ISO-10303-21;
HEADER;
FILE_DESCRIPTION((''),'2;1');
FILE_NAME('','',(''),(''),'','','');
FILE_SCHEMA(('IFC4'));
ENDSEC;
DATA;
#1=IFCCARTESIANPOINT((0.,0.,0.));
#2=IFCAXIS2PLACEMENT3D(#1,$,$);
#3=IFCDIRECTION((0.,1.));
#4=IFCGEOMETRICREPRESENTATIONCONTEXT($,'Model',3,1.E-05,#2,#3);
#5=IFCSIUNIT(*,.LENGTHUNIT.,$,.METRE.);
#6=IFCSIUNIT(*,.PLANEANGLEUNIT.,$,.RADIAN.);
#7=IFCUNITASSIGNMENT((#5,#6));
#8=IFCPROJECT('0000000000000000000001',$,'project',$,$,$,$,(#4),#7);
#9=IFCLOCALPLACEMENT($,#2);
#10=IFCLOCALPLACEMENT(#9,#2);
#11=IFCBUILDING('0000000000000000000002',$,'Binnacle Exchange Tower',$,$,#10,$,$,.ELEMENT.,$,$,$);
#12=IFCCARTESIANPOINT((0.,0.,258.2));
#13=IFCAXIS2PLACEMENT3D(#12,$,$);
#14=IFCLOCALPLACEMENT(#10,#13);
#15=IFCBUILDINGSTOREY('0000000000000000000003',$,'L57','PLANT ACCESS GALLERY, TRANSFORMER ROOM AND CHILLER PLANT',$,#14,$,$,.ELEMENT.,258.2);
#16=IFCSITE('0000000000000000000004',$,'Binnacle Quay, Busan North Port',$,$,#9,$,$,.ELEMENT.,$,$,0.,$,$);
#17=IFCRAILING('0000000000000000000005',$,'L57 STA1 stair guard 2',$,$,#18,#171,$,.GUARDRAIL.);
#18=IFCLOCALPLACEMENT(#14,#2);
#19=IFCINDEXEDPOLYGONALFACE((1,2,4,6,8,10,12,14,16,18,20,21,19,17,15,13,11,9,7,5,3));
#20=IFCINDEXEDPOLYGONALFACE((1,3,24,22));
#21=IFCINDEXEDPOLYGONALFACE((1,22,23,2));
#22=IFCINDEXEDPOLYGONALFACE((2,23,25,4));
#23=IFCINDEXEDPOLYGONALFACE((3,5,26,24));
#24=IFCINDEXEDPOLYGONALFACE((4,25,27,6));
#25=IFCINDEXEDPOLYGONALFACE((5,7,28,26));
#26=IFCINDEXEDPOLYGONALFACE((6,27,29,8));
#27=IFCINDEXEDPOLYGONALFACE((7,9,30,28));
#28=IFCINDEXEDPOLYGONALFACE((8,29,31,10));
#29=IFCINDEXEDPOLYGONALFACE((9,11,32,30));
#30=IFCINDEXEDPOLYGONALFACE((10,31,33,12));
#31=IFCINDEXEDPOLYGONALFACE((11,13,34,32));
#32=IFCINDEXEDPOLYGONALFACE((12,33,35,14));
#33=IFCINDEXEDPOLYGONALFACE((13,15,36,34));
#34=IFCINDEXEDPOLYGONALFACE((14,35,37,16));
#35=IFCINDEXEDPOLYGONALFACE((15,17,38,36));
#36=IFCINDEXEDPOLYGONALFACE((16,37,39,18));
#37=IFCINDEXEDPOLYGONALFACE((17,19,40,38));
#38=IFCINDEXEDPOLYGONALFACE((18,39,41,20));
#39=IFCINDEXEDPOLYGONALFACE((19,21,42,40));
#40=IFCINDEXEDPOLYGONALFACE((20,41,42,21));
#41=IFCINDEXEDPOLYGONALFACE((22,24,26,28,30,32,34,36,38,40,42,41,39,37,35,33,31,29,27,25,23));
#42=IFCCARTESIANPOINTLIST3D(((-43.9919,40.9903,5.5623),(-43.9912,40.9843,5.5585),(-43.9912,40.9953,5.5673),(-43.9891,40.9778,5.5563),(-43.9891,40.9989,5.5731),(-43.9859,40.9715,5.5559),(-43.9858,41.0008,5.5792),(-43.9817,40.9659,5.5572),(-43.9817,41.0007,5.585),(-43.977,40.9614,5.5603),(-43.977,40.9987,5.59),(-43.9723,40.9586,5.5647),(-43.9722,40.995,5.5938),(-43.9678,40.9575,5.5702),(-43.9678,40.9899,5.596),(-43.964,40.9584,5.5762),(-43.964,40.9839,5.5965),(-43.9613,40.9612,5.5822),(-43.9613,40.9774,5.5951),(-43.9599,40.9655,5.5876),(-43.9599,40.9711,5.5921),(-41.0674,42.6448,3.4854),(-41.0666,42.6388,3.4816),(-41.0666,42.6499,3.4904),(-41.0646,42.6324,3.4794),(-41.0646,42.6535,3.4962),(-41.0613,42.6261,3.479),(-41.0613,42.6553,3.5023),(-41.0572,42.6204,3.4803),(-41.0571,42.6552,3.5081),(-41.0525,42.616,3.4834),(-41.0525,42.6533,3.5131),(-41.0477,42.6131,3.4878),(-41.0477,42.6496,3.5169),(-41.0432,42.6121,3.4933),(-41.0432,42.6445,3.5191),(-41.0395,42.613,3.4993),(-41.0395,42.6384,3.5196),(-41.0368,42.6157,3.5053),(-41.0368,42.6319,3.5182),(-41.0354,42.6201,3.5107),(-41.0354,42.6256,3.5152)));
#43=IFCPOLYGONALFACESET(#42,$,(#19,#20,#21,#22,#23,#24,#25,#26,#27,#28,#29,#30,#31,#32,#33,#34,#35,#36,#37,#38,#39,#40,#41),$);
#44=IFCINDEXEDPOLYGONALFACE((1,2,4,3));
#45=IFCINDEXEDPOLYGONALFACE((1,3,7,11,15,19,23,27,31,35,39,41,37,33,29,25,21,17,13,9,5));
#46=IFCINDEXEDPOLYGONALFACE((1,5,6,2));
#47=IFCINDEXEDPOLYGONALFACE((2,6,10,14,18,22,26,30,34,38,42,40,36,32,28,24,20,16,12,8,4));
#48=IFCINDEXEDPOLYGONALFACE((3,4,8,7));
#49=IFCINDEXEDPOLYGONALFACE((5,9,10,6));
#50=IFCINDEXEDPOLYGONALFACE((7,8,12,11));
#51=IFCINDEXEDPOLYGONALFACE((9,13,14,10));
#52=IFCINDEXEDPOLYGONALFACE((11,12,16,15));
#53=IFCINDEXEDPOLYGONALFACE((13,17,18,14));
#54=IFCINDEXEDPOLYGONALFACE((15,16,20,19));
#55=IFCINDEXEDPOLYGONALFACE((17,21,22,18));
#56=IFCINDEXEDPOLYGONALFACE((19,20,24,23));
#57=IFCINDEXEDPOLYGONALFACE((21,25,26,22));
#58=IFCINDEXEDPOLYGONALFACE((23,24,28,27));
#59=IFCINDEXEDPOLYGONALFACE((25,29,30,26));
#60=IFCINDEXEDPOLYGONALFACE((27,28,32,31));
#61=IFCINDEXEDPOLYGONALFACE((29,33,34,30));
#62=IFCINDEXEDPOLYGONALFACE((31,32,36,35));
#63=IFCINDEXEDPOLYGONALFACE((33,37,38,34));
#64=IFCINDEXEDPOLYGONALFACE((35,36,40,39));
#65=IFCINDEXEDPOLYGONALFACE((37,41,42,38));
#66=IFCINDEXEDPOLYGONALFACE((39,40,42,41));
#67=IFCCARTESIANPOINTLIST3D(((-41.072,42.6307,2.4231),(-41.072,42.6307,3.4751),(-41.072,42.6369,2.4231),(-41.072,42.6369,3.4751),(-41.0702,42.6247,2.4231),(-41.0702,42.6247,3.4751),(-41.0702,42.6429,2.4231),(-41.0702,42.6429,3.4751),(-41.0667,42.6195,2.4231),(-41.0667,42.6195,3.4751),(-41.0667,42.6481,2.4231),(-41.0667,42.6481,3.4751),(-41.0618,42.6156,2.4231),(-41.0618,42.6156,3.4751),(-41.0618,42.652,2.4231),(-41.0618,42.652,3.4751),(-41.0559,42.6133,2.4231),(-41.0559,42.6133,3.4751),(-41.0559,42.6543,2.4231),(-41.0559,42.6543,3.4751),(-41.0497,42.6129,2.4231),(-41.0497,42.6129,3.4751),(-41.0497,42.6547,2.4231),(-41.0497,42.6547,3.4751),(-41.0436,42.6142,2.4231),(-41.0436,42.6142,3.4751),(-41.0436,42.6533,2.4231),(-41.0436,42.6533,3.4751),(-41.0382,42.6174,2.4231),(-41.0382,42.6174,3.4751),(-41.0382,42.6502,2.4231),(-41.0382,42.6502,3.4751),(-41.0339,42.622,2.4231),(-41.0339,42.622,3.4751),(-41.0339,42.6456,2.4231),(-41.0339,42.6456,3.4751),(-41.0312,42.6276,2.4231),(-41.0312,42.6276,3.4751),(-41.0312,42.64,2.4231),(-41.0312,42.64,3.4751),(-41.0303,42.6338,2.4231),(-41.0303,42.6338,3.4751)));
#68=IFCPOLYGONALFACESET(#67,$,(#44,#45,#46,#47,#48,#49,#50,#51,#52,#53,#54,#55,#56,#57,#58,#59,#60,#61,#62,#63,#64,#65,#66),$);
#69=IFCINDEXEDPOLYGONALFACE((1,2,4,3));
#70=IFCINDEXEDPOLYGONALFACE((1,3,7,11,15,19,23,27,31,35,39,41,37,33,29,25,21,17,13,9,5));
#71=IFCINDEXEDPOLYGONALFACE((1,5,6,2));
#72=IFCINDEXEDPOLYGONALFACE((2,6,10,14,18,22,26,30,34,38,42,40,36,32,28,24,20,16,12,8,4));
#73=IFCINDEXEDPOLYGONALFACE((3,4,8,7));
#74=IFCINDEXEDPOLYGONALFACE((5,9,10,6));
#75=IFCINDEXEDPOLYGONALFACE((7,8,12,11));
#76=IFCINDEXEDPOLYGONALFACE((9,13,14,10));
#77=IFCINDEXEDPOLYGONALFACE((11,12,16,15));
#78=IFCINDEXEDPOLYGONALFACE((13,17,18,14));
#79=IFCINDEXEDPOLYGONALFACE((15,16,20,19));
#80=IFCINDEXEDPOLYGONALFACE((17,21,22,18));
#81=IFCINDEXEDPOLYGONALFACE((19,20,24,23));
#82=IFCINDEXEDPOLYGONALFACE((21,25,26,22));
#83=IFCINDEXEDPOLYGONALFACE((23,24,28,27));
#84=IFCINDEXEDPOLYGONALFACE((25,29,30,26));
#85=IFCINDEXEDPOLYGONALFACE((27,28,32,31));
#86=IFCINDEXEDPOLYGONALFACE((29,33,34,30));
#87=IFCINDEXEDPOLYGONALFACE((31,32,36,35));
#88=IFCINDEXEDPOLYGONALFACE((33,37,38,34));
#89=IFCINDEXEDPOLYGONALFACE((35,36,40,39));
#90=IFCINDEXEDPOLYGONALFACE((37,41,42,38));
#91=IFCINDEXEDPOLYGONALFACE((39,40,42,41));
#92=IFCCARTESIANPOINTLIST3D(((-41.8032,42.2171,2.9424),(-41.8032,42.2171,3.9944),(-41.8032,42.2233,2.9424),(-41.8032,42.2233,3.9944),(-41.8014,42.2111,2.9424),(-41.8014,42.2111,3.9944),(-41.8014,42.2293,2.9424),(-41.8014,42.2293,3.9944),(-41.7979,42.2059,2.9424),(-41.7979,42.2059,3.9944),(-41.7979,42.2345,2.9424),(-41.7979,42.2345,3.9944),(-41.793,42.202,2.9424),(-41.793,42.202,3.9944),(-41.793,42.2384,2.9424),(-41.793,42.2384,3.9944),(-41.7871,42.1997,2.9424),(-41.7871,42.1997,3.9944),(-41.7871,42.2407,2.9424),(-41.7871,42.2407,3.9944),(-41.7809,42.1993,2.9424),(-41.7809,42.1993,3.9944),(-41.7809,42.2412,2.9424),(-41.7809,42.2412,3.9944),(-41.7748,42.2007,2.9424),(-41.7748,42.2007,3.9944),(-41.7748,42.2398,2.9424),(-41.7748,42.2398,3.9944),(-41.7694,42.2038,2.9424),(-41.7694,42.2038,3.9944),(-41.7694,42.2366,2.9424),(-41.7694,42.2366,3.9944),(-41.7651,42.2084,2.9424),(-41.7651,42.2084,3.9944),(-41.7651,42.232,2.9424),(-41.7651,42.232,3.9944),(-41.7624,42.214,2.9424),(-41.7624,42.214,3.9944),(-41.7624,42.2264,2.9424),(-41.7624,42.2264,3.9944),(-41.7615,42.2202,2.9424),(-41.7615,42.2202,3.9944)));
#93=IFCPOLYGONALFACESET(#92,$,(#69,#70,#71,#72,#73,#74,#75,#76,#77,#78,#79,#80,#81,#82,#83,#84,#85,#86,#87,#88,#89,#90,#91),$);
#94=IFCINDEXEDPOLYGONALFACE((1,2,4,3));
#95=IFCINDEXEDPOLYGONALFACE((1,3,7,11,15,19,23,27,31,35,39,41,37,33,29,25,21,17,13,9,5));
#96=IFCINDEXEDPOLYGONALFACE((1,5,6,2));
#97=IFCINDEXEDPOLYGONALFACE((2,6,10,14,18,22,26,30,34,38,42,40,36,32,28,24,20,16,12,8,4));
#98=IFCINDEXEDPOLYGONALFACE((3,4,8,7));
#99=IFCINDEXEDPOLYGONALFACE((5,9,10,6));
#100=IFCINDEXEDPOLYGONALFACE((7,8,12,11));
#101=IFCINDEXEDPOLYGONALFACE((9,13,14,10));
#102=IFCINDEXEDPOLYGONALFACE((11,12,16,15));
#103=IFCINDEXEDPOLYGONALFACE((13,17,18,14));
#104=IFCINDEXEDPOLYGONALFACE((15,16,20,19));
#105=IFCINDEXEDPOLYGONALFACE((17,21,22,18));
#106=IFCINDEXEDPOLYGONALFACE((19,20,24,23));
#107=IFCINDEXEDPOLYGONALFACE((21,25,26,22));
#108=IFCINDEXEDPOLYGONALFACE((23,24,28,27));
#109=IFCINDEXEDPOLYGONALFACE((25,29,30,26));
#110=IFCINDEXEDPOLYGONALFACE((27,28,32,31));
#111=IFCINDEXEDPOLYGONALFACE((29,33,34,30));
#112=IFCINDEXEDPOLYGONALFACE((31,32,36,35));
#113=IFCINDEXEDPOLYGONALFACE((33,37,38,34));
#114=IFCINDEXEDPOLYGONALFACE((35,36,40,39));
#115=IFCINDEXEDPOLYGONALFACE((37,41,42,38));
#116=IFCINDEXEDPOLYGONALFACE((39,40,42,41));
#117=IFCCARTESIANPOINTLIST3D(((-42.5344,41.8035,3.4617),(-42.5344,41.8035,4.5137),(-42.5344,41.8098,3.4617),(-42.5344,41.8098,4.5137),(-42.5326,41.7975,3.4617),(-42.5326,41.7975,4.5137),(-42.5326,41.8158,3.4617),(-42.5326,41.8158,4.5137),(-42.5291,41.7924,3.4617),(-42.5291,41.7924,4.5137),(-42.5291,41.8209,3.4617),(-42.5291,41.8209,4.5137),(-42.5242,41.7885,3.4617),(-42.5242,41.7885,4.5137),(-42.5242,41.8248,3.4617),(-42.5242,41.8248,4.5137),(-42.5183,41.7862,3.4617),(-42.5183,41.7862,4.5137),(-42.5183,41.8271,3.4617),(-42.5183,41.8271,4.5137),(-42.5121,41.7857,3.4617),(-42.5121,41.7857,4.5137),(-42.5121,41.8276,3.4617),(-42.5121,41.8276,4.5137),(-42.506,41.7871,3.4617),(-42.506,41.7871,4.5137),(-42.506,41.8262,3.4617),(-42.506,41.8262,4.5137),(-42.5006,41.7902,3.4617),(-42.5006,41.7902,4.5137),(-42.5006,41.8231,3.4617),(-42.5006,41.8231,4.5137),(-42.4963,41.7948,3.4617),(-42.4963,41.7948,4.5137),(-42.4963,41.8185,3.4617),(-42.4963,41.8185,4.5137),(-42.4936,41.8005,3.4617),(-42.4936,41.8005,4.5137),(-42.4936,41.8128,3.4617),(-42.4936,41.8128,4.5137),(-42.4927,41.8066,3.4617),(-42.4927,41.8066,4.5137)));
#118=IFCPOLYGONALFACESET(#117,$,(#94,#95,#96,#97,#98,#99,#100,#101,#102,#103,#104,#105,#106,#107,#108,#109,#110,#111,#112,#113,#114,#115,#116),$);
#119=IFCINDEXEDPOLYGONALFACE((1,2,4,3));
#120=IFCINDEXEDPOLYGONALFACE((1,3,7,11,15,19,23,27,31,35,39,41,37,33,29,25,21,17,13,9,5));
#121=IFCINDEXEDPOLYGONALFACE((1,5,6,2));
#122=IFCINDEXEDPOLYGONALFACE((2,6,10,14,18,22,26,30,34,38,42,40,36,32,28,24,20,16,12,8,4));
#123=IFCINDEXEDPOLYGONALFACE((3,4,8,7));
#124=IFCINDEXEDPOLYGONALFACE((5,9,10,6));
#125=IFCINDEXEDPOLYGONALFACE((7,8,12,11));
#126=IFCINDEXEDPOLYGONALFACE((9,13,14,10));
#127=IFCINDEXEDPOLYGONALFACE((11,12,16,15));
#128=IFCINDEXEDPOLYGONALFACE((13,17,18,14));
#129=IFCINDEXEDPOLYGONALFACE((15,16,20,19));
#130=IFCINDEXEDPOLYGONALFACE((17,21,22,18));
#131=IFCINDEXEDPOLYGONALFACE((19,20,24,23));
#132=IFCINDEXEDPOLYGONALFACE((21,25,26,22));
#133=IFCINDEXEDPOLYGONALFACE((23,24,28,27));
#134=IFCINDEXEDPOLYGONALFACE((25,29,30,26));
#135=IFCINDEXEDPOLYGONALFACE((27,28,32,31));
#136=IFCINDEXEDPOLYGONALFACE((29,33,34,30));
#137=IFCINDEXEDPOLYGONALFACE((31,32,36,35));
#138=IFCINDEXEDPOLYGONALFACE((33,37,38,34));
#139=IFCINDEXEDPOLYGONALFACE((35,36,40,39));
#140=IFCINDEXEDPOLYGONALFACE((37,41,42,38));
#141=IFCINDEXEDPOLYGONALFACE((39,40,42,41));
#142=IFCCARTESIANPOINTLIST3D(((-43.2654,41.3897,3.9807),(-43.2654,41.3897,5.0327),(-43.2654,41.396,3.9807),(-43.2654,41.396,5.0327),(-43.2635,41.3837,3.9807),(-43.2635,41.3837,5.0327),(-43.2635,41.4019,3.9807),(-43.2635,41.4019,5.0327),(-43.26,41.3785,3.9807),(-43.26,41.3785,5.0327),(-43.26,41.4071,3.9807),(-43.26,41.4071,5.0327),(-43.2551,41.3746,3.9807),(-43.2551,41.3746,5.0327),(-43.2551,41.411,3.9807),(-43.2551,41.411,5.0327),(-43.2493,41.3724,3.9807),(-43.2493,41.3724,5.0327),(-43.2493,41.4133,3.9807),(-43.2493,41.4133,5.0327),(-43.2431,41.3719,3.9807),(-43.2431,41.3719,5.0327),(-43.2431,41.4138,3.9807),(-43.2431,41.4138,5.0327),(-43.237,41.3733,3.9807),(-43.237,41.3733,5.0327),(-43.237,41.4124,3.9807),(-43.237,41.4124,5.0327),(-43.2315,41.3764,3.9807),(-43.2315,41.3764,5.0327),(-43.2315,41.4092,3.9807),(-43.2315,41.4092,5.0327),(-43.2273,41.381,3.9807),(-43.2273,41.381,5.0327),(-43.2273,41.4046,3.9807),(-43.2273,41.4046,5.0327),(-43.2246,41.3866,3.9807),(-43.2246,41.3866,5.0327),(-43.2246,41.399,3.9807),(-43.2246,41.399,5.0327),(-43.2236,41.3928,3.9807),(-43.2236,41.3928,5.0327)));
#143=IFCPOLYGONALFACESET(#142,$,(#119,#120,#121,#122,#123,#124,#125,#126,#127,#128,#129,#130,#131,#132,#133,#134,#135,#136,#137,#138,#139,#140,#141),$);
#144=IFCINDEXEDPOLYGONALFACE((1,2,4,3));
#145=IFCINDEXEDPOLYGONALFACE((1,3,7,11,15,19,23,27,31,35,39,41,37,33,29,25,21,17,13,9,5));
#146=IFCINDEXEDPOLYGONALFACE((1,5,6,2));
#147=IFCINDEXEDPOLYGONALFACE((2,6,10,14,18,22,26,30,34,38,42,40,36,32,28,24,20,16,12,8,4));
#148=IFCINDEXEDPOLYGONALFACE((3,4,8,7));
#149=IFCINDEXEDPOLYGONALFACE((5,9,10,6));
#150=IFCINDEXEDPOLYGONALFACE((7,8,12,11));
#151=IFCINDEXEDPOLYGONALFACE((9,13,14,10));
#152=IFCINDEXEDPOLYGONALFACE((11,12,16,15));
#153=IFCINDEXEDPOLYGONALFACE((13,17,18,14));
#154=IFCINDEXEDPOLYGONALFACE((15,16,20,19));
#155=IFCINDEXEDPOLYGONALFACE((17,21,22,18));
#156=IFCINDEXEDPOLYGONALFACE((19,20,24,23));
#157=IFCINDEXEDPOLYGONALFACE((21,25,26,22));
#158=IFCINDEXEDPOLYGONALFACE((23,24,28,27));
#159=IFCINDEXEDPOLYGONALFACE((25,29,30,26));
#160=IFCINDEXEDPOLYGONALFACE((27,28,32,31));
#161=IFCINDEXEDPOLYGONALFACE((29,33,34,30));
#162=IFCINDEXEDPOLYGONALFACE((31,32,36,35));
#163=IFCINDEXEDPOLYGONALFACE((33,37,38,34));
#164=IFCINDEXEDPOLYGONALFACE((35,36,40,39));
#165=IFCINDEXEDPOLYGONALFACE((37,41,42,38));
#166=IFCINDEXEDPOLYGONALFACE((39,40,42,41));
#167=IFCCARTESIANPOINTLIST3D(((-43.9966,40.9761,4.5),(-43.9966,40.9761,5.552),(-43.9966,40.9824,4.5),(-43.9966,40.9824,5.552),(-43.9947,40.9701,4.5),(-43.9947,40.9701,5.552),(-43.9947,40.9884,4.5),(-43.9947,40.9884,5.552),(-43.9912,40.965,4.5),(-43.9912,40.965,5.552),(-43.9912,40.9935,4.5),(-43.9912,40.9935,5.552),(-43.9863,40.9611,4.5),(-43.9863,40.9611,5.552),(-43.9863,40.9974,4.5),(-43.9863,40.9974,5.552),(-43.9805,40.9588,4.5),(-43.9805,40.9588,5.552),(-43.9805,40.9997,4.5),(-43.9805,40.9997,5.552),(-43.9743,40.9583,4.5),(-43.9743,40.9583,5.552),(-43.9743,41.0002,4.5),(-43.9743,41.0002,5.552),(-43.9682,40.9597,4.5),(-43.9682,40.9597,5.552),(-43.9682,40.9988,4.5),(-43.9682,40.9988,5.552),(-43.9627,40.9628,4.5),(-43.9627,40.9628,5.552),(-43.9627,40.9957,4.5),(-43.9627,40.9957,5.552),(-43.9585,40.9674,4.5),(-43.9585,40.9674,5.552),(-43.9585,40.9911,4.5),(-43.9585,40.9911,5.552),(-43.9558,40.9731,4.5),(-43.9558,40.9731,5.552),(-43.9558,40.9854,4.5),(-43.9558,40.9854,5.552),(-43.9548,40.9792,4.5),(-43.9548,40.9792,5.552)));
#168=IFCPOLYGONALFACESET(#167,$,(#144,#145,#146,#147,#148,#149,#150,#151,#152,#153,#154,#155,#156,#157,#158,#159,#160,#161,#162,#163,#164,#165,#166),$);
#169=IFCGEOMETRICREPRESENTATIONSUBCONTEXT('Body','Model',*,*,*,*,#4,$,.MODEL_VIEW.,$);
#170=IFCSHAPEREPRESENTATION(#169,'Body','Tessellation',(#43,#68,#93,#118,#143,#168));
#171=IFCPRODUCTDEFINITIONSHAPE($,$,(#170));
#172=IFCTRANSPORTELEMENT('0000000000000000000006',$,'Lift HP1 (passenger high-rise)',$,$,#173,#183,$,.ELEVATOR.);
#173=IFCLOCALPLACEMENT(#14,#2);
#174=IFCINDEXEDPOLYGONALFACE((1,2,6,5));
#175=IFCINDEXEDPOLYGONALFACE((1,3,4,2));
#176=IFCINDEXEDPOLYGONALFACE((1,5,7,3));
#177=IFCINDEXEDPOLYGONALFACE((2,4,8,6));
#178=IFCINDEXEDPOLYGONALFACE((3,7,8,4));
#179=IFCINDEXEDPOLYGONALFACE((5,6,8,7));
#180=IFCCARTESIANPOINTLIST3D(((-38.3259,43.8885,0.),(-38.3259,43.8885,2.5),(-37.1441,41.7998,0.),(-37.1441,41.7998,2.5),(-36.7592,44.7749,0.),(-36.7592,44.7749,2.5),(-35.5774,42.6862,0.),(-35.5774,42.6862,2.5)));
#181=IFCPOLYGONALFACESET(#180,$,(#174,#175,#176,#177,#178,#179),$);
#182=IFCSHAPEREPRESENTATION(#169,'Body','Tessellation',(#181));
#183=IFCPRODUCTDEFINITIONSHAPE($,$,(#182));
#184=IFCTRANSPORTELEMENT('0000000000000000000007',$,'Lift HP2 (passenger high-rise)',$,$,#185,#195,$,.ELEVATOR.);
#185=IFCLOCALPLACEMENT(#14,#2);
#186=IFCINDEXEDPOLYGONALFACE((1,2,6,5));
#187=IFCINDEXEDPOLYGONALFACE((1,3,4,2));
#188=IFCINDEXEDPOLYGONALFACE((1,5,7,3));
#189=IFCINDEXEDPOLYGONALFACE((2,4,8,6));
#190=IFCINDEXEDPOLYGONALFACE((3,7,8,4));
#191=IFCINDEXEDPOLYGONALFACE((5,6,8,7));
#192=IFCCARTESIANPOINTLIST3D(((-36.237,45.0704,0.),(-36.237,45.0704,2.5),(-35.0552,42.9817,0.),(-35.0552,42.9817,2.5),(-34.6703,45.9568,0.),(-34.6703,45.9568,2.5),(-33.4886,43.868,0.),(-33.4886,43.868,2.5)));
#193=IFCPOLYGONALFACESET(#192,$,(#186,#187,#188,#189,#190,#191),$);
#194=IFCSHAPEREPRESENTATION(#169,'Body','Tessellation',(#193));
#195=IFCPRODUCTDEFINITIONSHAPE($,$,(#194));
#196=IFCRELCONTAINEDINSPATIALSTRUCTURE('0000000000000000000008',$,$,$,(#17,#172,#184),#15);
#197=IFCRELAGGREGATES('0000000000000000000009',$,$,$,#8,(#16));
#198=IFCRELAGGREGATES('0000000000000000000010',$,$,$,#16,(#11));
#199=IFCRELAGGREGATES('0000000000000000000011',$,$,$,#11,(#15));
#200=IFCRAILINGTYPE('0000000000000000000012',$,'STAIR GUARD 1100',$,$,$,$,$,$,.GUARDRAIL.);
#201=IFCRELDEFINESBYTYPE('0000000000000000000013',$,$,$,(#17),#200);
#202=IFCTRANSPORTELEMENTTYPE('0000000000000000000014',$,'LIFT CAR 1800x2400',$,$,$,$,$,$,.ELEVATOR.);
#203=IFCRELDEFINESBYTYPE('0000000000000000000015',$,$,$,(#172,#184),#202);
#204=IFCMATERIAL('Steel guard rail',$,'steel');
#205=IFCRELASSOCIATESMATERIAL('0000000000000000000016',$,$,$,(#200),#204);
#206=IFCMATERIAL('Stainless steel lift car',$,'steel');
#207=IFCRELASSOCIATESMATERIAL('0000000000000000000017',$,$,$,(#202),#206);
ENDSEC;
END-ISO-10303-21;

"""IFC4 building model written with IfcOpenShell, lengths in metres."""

from ifc_helpers import new_model, si_unit, direction, frame, origin, origin_2d, place, context, subcontext, project, spatial, rectangle, circle, extrude, material, type_object, element, save


model = new_model("IFC4")

# Units and contexts
model_context = context("Model", 3, precision=1e-05, world=origin(), true_north=direction((0.0, 1.0)))
body_context = subcontext(model_context, "Body", "Model", "MODEL_VIEW")
ifc_project = project(units=[si_unit("LENGTHUNIT", "METRE"), si_unit("PLANEANGLEUNIT", "RADIAN")], contexts=[model_context])

# Site, building, storey
site_placement = place(None, origin())
site = spatial("IfcSite", under=ifc_project, at=site_placement, Name="Binnacle Quay, Busan North Port", CompositionType="ELEMENT", RefElevation=0.0)
building_placement = place(site_placement, origin())
building = spatial("IfcBuilding", under=site, at=building_placement, Name="Binnacle Exchange Tower", CompositionType="ELEMENT")
storey_placement = place(building_placement, frame((0.0, 0.0, 258.2)))
storey = spatial("IfcBuildingStorey", under=building, at=storey_placement, Name="L57", Description="PLANT ACCESS GALLERY, TRANSFORMER ROOM AND CHILLER PLANT", CompositionType="ELEMENT", Elevation=258.2)

# Railing
ifc_material_1 = material(Name="Steel guard rail", Category="steel")
railing_type = type_object("IfcRailingType", Name="STAIR GUARD 1100", PredefinedType="GUARDRAIL", material=ifc_material_1)
railing_placement = place(storey_placement, frame((-41.0513, 42.6338, 2.4231)))
element("IfcRailing", 1, at=railing_placement, inside=storey, type_object=railing_type, Name="L57 STA1 stair guard 2", PredefinedType="GUARDRAIL", context=body_context, shape_type="SweptSolid", body=[
    extrude(circle(Radius=0.0239, at=origin_2d()), frame((0.0, 0.0, 1.0762), z_axis=(-0.740357, -0.41885, 0.525772), x_axis=(0.492402, -0.870368, 0.0)), (0.0, 0.0, 1.0), 3.9502),
    extrude(circle(Radius=0.021, at=origin_2d()), origin(), (0.0, 0.0, 1.0), 1.052),
    extrude(circle(Radius=0.021, at=origin_2d()), frame((-0.7312, -0.4136, 0.5193)), (0.0, 0.0, 1.0), 1.052),
    extrude(circle(Radius=0.021, at=origin_2d()), frame((-1.4624, -0.8271, 1.0386)), (0.0, 0.0, 1.0), 1.052),
    extrude(circle(Radius=0.021, at=origin_2d()), frame((-2.1934, -1.241, 1.5576)), (0.0, 0.0, 1.0), 1.052),
    extrude(circle(Radius=0.021, at=origin_2d()), frame((-2.9246, -1.6545, 2.0769)), (0.0, 0.0, 1.0), 1.052),
])

# Transport elements
ifc_material_2 = material(Name="Stainless steel lift car", Category="steel")
transport_element_type = type_object("IfcTransportElementType", Name="LIFT CAR 1800x2400", PredefinedType="ELEVATOR", material=ifc_material_2)
for number, where, z_axis, x_axis, name in (
    (2, (-36.9517, 43.2874, 0.0), (0.0, 0.0, 1.0), (0.870356, 0.492424, 0.0), "Lift HP1 (passenger high-rise)"),
    (3, (-34.8628, 44.4692, 0.0), (0.0, 0.0, 1.0), (0.870356, 0.492424, 0.0), "Lift HP2 (passenger high-rise)"),
):
    element("IfcTransportElement", number, at=place(storey_placement, frame(where, z_axis=z_axis, x_axis=x_axis)), inside=storey, type_object=transport_element_type, Name=name, PredefinedType="ELEVATOR", context=body_context, shape_type="SweptSolid", body=[
        extrude(rectangle(XDim=1.8, YDim=2.3999, at=origin_2d()), origin(), (0.0, 0.0, 1.0), 2.5),
    ])

save(model, "model.ifc")
